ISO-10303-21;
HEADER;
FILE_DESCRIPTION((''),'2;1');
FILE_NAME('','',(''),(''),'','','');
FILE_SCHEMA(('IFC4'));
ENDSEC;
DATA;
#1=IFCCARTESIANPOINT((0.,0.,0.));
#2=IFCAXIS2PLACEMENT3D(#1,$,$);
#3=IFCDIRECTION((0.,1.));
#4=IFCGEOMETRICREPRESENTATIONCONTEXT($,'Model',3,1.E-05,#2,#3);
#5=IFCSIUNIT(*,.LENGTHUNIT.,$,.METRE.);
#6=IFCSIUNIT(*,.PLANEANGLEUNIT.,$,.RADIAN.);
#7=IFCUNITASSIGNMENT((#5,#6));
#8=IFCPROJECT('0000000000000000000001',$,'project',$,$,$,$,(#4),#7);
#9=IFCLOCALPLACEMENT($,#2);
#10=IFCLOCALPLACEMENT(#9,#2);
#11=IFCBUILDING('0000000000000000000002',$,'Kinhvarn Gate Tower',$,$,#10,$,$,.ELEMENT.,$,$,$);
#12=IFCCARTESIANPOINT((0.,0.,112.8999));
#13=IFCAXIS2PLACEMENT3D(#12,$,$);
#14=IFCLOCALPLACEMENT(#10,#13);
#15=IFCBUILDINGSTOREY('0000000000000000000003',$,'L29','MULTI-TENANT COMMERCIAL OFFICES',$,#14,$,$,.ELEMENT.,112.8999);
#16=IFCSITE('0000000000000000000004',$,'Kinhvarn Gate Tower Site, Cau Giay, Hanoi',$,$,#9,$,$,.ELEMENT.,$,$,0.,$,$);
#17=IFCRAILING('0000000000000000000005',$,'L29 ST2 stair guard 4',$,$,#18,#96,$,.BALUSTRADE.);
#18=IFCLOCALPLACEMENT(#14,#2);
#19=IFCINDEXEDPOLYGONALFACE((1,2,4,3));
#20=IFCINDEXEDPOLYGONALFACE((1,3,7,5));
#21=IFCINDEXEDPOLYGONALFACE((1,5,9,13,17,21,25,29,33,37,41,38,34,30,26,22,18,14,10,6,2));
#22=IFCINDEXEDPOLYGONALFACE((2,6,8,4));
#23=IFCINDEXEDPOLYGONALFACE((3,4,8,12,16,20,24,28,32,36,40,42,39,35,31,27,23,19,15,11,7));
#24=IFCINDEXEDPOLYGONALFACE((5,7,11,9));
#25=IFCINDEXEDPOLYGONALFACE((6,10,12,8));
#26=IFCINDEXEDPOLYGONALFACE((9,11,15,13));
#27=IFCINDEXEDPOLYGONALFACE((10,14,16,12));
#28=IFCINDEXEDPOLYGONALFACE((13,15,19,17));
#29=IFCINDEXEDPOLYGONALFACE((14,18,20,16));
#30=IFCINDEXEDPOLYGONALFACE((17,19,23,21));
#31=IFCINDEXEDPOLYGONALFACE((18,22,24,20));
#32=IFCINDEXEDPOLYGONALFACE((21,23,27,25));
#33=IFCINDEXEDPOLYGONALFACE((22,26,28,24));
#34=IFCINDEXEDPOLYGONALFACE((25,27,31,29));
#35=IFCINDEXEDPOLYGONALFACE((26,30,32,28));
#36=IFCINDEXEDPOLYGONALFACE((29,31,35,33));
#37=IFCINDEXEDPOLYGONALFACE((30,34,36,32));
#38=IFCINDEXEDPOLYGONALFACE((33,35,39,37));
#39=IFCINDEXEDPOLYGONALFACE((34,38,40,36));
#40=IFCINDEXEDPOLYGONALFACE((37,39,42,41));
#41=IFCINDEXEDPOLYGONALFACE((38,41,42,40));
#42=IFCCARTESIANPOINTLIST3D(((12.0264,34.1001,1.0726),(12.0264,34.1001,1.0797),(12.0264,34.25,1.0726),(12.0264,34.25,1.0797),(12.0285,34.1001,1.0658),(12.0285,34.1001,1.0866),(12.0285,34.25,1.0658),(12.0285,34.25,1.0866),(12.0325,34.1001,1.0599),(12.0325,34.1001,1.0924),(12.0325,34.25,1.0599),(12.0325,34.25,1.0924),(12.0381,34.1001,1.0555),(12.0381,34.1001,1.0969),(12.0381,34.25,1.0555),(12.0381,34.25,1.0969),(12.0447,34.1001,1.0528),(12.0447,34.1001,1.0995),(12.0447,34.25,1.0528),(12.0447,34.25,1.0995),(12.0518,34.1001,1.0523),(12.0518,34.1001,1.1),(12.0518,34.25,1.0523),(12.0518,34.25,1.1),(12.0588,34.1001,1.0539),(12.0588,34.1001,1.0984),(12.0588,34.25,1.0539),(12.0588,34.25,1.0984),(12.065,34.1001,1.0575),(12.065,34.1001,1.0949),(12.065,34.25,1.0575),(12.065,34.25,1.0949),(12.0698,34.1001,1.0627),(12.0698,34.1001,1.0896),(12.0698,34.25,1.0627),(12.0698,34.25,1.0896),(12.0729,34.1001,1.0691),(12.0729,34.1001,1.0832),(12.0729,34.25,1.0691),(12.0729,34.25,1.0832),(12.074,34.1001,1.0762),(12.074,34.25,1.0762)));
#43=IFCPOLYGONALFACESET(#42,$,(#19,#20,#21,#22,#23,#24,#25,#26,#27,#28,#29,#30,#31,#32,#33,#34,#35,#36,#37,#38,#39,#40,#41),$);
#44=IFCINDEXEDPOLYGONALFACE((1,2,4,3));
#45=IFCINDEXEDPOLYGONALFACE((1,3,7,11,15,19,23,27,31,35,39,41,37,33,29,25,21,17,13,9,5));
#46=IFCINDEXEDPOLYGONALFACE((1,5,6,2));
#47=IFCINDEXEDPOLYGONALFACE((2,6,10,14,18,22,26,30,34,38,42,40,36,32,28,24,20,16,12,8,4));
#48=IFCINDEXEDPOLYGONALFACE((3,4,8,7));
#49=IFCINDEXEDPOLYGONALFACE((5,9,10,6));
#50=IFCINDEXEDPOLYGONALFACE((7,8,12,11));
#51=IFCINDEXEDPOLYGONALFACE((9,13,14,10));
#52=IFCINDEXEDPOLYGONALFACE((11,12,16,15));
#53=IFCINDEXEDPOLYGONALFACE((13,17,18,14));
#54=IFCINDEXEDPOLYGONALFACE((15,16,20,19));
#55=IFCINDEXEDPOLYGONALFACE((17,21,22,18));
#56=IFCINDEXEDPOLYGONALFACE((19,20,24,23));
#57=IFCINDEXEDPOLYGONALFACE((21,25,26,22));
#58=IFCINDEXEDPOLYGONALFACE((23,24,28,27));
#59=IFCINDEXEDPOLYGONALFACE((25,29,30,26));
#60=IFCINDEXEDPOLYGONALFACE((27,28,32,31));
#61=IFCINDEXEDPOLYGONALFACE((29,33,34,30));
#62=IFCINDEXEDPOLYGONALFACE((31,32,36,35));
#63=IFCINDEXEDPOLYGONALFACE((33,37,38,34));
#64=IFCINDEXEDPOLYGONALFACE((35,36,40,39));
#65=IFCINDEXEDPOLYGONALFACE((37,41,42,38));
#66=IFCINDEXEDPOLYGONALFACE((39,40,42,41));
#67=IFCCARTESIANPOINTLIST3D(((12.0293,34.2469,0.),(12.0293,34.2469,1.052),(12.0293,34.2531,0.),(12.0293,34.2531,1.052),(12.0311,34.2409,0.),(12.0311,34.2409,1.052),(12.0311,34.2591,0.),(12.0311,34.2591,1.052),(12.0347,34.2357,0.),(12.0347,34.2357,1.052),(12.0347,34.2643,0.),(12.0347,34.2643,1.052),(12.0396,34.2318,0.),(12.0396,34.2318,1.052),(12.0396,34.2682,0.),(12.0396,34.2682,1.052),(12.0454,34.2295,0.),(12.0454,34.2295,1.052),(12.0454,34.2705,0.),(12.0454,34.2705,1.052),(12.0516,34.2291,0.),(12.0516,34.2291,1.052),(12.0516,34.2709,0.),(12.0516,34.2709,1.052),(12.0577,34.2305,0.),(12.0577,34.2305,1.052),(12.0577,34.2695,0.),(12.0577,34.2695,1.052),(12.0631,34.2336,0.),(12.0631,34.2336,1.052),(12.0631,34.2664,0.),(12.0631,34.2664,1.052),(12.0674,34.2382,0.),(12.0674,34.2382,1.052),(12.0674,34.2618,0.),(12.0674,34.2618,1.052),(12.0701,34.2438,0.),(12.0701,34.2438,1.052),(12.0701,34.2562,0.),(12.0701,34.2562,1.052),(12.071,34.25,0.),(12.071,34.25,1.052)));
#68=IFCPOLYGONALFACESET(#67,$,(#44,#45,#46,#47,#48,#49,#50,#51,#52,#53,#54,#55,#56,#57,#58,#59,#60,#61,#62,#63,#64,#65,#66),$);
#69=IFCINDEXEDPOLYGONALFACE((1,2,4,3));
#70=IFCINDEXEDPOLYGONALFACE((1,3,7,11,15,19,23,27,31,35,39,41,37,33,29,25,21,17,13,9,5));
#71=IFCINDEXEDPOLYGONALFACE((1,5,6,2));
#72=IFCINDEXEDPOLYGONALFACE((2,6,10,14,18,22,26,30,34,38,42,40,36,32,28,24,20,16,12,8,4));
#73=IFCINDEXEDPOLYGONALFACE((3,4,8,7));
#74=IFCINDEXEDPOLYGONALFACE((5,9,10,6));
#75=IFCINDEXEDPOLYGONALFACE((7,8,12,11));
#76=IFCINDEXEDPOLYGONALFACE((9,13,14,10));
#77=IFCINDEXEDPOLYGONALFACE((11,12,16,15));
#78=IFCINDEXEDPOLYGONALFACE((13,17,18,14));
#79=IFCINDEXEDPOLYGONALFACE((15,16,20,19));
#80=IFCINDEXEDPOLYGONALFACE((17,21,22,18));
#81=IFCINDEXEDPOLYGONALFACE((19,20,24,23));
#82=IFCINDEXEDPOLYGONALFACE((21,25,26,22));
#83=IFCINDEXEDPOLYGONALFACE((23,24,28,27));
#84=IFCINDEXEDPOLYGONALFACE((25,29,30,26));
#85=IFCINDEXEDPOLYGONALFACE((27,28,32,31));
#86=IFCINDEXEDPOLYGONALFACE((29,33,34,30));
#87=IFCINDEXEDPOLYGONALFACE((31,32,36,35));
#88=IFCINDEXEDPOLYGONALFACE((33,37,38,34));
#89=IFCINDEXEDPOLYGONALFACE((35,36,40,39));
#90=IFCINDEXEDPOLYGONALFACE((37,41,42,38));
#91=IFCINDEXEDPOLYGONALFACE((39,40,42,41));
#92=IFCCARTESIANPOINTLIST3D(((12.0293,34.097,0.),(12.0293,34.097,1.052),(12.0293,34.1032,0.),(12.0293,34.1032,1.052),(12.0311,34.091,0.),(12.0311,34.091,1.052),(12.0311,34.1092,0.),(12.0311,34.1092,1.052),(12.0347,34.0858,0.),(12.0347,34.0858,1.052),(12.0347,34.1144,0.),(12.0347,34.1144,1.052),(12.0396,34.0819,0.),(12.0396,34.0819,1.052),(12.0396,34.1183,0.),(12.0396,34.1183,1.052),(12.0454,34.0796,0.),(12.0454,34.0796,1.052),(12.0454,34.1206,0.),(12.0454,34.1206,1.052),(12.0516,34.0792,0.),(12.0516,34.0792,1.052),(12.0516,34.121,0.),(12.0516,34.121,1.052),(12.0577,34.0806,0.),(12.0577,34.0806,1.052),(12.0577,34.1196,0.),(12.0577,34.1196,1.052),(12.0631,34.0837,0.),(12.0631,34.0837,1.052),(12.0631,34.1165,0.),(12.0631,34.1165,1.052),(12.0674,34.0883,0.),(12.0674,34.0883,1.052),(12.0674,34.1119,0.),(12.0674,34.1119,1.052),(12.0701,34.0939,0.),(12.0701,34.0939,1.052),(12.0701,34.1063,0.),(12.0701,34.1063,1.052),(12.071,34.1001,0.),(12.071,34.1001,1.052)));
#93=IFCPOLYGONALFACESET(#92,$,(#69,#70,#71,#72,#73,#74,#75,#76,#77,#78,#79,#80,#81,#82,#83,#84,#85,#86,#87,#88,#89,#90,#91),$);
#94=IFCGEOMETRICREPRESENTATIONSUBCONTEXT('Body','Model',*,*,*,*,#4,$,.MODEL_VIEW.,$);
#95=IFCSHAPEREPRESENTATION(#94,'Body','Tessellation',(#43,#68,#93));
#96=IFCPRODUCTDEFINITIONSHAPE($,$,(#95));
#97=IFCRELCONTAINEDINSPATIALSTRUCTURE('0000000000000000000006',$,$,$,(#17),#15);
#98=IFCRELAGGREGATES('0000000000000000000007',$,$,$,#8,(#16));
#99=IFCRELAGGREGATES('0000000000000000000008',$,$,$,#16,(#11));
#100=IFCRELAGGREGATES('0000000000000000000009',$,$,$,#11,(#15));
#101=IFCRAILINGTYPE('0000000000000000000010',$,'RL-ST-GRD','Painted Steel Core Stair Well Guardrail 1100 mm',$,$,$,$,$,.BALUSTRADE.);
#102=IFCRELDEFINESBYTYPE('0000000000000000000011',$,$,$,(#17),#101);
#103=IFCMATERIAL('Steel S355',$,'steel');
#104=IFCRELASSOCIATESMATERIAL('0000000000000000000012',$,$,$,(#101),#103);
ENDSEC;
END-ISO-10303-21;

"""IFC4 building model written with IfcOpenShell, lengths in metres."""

from ifc_helpers import new_model, si_unit, direction, frame, origin, origin_2d, place, context, subcontext, project, spatial, circle, extrude, material, type_object, element, save


model = new_model("IFC4")

# Units and contexts
model_context = context("Model", 3, precision=1e-05, world=origin(), true_north=direction((0.0, 1.0)))
body_context = subcontext(model_context, "Body", "Model", "MODEL_VIEW")
ifc_project = project(units=[si_unit("LENGTHUNIT", "METRE"), si_unit("PLANEANGLEUNIT", "RADIAN")], contexts=[model_context])

# Site, building, storey
site_placement = place(None, origin())
site = spatial("IfcSite", under=ifc_project, at=site_placement, Name="Kinhvarn Gate Tower Site, Cau Giay, Hanoi", CompositionType="ELEMENT", RefElevation=0.0)
building_placement = place(site_placement, origin())
building = spatial("IfcBuilding", under=site, at=building_placement, Name="Kinhvarn Gate Tower", CompositionType="ELEMENT")
storey_placement = place(building_placement, frame((0.0, 0.0, 112.8999)))
storey = spatial("IfcBuildingStorey", under=building, at=storey_placement, Name="L29", Description="MULTI-TENANT COMMERCIAL OFFICES", CompositionType="ELEMENT", Elevation=112.8999)

# Shared definitions
ifc_material_1 = material(Name="Steel S355", Category="steel")

# Railing
railing_type_1 = type_object("IfcRailingType", Name="RL-ST-GRD", Description="Painted Steel Core Stair Well Guardrail 1100 mm", PredefinedType="BALUSTRADE", material=ifc_material_1)
railing_1_placement = place(storey_placement, frame((12.05, 34.25, 0.0)))
element("IfcRailing", 1, at=railing_1_placement, inside=storey, type_object=railing_type_1, Name="L29 ST2 stair guard 4", PredefinedType="BALUSTRADE", context=body_context, shape_type="SweptSolid", body=[
    extrude(circle(Radius=0.0239, at=origin_2d()), frame((0.0, 0.0, 1.0762), z_axis=(0.0, -1.0, 0.0), x_axis=(1.0, 0.0, 0.0)), (0.0, 0.0, 1.0), 0.1499),
    extrude(circle(Radius=0.021, at=origin_2d()), origin(), (0.0, 0.0, 1.0), 1.052),
    extrude(circle(Radius=0.021, at=origin_2d()), frame((0.0, -0.1499, 0.0)), (0.0, 0.0, 1.0), 1.052),
])

save(model, "model.ifc")
